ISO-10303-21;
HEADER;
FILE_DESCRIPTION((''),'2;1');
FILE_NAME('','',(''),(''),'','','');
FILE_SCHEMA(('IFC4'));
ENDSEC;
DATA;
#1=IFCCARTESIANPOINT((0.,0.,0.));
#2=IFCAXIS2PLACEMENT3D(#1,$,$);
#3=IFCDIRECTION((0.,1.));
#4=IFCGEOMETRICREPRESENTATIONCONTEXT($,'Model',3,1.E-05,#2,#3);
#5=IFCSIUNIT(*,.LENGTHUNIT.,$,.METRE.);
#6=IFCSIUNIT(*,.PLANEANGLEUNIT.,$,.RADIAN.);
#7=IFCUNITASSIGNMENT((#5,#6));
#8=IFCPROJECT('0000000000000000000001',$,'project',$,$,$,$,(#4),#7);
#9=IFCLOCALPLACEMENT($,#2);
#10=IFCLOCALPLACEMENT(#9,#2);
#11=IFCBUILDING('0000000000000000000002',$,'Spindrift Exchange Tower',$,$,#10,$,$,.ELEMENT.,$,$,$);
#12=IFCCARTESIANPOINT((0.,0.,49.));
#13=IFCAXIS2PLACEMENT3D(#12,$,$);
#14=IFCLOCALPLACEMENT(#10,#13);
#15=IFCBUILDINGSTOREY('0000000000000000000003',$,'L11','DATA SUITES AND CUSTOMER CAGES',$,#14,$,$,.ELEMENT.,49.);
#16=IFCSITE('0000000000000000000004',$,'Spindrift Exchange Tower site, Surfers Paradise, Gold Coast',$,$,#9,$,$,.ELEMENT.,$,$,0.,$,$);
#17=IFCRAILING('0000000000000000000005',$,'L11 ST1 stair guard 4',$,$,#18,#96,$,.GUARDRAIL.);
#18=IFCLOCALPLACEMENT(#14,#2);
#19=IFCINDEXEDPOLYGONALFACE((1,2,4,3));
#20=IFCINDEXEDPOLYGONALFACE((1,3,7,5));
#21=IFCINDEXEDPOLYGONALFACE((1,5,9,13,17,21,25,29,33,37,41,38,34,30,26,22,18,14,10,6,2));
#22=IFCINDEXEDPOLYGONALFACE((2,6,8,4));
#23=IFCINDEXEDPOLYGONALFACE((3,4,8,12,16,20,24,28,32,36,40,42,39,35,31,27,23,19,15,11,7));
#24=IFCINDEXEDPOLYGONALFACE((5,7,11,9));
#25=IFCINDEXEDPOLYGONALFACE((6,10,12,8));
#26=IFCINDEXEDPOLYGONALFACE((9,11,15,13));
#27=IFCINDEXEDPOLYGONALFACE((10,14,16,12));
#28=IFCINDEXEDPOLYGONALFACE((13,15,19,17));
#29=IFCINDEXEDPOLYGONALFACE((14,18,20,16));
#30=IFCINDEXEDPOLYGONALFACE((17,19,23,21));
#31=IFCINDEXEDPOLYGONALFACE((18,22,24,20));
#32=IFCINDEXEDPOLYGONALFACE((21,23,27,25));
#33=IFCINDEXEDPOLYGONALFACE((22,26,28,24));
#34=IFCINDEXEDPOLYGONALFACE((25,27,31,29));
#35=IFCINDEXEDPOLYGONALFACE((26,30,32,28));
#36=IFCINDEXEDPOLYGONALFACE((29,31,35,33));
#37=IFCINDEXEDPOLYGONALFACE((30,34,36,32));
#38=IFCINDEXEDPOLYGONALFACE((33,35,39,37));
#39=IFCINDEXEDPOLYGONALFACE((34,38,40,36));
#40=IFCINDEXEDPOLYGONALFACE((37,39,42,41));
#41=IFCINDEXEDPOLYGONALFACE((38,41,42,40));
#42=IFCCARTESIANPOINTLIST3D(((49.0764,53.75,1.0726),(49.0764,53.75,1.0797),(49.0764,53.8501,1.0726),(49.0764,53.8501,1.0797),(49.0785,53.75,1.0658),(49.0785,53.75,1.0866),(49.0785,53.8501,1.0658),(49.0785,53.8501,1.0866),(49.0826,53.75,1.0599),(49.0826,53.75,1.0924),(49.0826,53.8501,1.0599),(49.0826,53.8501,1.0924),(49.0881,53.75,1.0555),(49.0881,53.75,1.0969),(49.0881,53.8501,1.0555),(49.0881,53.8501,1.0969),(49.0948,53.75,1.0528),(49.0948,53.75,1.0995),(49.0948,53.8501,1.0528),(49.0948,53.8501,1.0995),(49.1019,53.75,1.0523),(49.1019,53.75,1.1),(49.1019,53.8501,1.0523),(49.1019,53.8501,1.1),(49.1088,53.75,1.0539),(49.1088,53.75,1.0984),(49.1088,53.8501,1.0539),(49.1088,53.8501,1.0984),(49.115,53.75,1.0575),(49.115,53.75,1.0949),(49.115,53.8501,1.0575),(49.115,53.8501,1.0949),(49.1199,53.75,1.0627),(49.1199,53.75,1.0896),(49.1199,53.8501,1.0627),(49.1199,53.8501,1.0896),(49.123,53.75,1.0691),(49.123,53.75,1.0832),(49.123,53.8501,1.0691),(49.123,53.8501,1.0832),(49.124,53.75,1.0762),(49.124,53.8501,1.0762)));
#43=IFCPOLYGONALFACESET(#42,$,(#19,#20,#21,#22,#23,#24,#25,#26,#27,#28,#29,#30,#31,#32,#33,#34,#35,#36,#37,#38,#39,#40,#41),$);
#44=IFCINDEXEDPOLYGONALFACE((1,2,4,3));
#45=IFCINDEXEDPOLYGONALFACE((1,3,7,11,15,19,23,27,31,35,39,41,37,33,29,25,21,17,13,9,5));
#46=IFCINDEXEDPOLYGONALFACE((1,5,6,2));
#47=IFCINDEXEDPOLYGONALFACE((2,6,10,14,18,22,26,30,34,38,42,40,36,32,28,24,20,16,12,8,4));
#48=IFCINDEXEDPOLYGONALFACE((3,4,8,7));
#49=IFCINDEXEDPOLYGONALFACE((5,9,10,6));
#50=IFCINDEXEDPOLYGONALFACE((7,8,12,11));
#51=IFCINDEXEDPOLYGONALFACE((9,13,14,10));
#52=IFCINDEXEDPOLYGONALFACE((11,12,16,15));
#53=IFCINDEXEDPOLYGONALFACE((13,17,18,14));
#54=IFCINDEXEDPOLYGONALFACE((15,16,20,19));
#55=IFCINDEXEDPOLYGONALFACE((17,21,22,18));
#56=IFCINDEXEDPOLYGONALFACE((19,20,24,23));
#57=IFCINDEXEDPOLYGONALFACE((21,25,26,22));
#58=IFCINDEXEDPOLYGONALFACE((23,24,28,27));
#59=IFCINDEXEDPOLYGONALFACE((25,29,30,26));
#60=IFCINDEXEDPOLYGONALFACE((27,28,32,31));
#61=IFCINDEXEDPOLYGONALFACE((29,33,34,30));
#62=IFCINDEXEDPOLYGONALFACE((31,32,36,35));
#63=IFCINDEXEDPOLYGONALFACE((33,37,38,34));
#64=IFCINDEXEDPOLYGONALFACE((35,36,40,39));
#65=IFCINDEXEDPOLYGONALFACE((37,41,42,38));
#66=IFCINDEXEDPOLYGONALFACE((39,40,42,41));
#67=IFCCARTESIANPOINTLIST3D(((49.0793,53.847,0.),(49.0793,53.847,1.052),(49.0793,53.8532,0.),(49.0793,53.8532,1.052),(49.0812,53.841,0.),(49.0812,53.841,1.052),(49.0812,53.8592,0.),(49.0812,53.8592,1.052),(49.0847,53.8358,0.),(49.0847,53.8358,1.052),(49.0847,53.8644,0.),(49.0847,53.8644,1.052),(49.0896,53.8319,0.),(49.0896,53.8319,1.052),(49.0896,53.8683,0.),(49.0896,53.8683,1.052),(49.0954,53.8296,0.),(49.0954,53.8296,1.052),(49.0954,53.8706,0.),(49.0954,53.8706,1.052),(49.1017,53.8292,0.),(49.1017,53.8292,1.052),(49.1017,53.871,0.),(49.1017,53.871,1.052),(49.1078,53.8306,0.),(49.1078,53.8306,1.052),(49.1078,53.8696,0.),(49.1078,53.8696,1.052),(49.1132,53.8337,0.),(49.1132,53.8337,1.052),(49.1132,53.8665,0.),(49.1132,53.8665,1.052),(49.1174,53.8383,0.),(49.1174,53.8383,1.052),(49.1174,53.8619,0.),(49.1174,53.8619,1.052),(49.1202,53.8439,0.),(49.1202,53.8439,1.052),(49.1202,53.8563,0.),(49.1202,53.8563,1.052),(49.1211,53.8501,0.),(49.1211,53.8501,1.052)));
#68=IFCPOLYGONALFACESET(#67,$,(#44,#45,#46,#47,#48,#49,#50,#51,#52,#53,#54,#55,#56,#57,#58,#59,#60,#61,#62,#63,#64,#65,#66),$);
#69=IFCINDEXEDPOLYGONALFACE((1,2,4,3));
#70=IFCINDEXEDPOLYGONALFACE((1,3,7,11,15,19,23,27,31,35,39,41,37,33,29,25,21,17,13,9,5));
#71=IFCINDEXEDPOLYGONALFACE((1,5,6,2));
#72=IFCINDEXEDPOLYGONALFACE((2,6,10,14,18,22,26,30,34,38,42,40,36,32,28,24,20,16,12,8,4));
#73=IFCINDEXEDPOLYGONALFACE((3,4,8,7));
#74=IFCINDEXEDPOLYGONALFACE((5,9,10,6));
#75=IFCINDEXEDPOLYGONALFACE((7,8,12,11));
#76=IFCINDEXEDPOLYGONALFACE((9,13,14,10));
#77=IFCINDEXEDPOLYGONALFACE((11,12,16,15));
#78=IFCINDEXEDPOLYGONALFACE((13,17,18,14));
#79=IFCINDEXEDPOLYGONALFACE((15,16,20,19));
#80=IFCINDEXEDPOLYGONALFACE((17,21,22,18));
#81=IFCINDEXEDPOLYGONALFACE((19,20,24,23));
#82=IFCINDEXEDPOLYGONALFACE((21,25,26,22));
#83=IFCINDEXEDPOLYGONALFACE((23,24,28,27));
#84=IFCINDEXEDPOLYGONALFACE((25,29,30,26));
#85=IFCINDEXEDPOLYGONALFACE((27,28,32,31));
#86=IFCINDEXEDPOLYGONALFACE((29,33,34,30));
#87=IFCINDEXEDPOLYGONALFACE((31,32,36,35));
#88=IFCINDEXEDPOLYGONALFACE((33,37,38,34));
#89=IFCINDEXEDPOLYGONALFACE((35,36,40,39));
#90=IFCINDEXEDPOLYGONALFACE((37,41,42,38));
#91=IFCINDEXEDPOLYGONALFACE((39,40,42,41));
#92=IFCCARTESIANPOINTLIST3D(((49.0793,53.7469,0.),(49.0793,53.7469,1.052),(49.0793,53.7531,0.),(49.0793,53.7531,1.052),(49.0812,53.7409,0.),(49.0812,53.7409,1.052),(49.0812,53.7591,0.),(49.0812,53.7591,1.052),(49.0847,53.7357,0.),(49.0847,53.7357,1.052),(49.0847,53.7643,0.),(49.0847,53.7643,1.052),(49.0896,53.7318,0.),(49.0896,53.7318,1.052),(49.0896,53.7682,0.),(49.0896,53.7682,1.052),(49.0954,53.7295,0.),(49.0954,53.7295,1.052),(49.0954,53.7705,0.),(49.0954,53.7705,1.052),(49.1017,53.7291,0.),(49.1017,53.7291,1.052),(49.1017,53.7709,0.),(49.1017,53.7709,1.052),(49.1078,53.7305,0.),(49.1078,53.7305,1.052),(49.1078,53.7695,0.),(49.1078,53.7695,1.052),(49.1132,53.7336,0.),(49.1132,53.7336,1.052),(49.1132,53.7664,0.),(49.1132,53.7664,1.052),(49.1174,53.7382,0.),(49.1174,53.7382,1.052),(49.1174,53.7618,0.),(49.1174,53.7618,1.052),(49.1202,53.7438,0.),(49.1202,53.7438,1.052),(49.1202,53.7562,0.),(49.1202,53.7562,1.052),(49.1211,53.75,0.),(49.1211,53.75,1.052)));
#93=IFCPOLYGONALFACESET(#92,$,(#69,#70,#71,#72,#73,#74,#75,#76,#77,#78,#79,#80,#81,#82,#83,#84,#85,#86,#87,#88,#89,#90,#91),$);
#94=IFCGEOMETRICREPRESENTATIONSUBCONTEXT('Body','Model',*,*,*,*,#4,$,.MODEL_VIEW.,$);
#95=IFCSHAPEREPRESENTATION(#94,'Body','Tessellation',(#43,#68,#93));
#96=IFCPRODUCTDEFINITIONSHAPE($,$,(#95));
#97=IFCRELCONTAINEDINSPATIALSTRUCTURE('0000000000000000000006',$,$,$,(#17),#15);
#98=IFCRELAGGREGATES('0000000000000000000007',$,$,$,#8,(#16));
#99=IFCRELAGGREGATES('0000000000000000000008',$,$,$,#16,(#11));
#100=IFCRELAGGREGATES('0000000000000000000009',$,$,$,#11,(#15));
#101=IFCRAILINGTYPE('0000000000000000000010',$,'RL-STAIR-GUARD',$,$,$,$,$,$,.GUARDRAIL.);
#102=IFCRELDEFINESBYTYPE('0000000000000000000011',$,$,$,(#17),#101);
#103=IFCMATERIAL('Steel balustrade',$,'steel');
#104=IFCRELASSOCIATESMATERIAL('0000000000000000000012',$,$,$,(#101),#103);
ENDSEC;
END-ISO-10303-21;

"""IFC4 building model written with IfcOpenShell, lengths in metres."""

from ifc_helpers import new_model, si_unit, direction, frame, origin, origin_2d, place, context, subcontext, project, spatial, circle, extrude, material, type_object, element, save


model = new_model("IFC4")

# Units and contexts
model_context = context("Model", 3, precision=1e-05, world=origin(), true_north=direction((0.0, 1.0)))
body_context = subcontext(model_context, "Body", "Model", "MODEL_VIEW")
ifc_project = project(units=[si_unit("LENGTHUNIT", "METRE"), si_unit("PLANEANGLEUNIT", "RADIAN")], contexts=[model_context])

# Site, building, storey
site_placement = place(None, origin())
site = spatial("IfcSite", under=ifc_project, at=site_placement, Name="Spindrift Exchange Tower site, Surfers Paradise, Gold Coast", CompositionType="ELEMENT", RefElevation=0.0)
building_placement = place(site_placement, origin())
building = spatial("IfcBuilding", under=site, at=building_placement, Name="Spindrift Exchange Tower", CompositionType="ELEMENT")
storey_placement = place(building_placement, frame((0.0, 0.0, 49.0)))
storey = spatial("IfcBuildingStorey", under=building, at=storey_placement, Name="L11", Description="DATA SUITES AND CUSTOMER CAGES", CompositionType="ELEMENT", Elevation=49.0)

# Railing
ifc_material_1 = material(Name="Steel balustrade", Category="steel")
railing_type_1 = type_object("IfcRailingType", Name="RL-STAIR-GUARD", PredefinedType="GUARDRAIL", material=ifc_material_1)
railing_1_placement = place(storey_placement, frame((49.1001, 53.8501, 0.0)))
element("IfcRailing", 1, at=railing_1_placement, inside=storey, type_object=railing_type_1, Name="L11 ST1 stair guard 4", PredefinedType="GUARDRAIL", context=body_context, shape_type="SweptSolid", body=[
    extrude(circle(Radius=0.0239, at=origin_2d()), frame((0.0, 0.0, 1.0762), z_axis=(0.0, -1.0, 0.0), x_axis=(1.0, 0.0, 0.0)), (0.0, 0.0, 1.0), 0.1001),
    extrude(circle(Radius=0.021, at=origin_2d()), origin(), (0.0, 0.0, 1.0), 1.052),
    extrude(circle(Radius=0.021, at=origin_2d()), frame((0.0, -0.1001, 0.0)), (0.0, 0.0, 1.0), 1.052),
])

save(model, "model.ifc")
